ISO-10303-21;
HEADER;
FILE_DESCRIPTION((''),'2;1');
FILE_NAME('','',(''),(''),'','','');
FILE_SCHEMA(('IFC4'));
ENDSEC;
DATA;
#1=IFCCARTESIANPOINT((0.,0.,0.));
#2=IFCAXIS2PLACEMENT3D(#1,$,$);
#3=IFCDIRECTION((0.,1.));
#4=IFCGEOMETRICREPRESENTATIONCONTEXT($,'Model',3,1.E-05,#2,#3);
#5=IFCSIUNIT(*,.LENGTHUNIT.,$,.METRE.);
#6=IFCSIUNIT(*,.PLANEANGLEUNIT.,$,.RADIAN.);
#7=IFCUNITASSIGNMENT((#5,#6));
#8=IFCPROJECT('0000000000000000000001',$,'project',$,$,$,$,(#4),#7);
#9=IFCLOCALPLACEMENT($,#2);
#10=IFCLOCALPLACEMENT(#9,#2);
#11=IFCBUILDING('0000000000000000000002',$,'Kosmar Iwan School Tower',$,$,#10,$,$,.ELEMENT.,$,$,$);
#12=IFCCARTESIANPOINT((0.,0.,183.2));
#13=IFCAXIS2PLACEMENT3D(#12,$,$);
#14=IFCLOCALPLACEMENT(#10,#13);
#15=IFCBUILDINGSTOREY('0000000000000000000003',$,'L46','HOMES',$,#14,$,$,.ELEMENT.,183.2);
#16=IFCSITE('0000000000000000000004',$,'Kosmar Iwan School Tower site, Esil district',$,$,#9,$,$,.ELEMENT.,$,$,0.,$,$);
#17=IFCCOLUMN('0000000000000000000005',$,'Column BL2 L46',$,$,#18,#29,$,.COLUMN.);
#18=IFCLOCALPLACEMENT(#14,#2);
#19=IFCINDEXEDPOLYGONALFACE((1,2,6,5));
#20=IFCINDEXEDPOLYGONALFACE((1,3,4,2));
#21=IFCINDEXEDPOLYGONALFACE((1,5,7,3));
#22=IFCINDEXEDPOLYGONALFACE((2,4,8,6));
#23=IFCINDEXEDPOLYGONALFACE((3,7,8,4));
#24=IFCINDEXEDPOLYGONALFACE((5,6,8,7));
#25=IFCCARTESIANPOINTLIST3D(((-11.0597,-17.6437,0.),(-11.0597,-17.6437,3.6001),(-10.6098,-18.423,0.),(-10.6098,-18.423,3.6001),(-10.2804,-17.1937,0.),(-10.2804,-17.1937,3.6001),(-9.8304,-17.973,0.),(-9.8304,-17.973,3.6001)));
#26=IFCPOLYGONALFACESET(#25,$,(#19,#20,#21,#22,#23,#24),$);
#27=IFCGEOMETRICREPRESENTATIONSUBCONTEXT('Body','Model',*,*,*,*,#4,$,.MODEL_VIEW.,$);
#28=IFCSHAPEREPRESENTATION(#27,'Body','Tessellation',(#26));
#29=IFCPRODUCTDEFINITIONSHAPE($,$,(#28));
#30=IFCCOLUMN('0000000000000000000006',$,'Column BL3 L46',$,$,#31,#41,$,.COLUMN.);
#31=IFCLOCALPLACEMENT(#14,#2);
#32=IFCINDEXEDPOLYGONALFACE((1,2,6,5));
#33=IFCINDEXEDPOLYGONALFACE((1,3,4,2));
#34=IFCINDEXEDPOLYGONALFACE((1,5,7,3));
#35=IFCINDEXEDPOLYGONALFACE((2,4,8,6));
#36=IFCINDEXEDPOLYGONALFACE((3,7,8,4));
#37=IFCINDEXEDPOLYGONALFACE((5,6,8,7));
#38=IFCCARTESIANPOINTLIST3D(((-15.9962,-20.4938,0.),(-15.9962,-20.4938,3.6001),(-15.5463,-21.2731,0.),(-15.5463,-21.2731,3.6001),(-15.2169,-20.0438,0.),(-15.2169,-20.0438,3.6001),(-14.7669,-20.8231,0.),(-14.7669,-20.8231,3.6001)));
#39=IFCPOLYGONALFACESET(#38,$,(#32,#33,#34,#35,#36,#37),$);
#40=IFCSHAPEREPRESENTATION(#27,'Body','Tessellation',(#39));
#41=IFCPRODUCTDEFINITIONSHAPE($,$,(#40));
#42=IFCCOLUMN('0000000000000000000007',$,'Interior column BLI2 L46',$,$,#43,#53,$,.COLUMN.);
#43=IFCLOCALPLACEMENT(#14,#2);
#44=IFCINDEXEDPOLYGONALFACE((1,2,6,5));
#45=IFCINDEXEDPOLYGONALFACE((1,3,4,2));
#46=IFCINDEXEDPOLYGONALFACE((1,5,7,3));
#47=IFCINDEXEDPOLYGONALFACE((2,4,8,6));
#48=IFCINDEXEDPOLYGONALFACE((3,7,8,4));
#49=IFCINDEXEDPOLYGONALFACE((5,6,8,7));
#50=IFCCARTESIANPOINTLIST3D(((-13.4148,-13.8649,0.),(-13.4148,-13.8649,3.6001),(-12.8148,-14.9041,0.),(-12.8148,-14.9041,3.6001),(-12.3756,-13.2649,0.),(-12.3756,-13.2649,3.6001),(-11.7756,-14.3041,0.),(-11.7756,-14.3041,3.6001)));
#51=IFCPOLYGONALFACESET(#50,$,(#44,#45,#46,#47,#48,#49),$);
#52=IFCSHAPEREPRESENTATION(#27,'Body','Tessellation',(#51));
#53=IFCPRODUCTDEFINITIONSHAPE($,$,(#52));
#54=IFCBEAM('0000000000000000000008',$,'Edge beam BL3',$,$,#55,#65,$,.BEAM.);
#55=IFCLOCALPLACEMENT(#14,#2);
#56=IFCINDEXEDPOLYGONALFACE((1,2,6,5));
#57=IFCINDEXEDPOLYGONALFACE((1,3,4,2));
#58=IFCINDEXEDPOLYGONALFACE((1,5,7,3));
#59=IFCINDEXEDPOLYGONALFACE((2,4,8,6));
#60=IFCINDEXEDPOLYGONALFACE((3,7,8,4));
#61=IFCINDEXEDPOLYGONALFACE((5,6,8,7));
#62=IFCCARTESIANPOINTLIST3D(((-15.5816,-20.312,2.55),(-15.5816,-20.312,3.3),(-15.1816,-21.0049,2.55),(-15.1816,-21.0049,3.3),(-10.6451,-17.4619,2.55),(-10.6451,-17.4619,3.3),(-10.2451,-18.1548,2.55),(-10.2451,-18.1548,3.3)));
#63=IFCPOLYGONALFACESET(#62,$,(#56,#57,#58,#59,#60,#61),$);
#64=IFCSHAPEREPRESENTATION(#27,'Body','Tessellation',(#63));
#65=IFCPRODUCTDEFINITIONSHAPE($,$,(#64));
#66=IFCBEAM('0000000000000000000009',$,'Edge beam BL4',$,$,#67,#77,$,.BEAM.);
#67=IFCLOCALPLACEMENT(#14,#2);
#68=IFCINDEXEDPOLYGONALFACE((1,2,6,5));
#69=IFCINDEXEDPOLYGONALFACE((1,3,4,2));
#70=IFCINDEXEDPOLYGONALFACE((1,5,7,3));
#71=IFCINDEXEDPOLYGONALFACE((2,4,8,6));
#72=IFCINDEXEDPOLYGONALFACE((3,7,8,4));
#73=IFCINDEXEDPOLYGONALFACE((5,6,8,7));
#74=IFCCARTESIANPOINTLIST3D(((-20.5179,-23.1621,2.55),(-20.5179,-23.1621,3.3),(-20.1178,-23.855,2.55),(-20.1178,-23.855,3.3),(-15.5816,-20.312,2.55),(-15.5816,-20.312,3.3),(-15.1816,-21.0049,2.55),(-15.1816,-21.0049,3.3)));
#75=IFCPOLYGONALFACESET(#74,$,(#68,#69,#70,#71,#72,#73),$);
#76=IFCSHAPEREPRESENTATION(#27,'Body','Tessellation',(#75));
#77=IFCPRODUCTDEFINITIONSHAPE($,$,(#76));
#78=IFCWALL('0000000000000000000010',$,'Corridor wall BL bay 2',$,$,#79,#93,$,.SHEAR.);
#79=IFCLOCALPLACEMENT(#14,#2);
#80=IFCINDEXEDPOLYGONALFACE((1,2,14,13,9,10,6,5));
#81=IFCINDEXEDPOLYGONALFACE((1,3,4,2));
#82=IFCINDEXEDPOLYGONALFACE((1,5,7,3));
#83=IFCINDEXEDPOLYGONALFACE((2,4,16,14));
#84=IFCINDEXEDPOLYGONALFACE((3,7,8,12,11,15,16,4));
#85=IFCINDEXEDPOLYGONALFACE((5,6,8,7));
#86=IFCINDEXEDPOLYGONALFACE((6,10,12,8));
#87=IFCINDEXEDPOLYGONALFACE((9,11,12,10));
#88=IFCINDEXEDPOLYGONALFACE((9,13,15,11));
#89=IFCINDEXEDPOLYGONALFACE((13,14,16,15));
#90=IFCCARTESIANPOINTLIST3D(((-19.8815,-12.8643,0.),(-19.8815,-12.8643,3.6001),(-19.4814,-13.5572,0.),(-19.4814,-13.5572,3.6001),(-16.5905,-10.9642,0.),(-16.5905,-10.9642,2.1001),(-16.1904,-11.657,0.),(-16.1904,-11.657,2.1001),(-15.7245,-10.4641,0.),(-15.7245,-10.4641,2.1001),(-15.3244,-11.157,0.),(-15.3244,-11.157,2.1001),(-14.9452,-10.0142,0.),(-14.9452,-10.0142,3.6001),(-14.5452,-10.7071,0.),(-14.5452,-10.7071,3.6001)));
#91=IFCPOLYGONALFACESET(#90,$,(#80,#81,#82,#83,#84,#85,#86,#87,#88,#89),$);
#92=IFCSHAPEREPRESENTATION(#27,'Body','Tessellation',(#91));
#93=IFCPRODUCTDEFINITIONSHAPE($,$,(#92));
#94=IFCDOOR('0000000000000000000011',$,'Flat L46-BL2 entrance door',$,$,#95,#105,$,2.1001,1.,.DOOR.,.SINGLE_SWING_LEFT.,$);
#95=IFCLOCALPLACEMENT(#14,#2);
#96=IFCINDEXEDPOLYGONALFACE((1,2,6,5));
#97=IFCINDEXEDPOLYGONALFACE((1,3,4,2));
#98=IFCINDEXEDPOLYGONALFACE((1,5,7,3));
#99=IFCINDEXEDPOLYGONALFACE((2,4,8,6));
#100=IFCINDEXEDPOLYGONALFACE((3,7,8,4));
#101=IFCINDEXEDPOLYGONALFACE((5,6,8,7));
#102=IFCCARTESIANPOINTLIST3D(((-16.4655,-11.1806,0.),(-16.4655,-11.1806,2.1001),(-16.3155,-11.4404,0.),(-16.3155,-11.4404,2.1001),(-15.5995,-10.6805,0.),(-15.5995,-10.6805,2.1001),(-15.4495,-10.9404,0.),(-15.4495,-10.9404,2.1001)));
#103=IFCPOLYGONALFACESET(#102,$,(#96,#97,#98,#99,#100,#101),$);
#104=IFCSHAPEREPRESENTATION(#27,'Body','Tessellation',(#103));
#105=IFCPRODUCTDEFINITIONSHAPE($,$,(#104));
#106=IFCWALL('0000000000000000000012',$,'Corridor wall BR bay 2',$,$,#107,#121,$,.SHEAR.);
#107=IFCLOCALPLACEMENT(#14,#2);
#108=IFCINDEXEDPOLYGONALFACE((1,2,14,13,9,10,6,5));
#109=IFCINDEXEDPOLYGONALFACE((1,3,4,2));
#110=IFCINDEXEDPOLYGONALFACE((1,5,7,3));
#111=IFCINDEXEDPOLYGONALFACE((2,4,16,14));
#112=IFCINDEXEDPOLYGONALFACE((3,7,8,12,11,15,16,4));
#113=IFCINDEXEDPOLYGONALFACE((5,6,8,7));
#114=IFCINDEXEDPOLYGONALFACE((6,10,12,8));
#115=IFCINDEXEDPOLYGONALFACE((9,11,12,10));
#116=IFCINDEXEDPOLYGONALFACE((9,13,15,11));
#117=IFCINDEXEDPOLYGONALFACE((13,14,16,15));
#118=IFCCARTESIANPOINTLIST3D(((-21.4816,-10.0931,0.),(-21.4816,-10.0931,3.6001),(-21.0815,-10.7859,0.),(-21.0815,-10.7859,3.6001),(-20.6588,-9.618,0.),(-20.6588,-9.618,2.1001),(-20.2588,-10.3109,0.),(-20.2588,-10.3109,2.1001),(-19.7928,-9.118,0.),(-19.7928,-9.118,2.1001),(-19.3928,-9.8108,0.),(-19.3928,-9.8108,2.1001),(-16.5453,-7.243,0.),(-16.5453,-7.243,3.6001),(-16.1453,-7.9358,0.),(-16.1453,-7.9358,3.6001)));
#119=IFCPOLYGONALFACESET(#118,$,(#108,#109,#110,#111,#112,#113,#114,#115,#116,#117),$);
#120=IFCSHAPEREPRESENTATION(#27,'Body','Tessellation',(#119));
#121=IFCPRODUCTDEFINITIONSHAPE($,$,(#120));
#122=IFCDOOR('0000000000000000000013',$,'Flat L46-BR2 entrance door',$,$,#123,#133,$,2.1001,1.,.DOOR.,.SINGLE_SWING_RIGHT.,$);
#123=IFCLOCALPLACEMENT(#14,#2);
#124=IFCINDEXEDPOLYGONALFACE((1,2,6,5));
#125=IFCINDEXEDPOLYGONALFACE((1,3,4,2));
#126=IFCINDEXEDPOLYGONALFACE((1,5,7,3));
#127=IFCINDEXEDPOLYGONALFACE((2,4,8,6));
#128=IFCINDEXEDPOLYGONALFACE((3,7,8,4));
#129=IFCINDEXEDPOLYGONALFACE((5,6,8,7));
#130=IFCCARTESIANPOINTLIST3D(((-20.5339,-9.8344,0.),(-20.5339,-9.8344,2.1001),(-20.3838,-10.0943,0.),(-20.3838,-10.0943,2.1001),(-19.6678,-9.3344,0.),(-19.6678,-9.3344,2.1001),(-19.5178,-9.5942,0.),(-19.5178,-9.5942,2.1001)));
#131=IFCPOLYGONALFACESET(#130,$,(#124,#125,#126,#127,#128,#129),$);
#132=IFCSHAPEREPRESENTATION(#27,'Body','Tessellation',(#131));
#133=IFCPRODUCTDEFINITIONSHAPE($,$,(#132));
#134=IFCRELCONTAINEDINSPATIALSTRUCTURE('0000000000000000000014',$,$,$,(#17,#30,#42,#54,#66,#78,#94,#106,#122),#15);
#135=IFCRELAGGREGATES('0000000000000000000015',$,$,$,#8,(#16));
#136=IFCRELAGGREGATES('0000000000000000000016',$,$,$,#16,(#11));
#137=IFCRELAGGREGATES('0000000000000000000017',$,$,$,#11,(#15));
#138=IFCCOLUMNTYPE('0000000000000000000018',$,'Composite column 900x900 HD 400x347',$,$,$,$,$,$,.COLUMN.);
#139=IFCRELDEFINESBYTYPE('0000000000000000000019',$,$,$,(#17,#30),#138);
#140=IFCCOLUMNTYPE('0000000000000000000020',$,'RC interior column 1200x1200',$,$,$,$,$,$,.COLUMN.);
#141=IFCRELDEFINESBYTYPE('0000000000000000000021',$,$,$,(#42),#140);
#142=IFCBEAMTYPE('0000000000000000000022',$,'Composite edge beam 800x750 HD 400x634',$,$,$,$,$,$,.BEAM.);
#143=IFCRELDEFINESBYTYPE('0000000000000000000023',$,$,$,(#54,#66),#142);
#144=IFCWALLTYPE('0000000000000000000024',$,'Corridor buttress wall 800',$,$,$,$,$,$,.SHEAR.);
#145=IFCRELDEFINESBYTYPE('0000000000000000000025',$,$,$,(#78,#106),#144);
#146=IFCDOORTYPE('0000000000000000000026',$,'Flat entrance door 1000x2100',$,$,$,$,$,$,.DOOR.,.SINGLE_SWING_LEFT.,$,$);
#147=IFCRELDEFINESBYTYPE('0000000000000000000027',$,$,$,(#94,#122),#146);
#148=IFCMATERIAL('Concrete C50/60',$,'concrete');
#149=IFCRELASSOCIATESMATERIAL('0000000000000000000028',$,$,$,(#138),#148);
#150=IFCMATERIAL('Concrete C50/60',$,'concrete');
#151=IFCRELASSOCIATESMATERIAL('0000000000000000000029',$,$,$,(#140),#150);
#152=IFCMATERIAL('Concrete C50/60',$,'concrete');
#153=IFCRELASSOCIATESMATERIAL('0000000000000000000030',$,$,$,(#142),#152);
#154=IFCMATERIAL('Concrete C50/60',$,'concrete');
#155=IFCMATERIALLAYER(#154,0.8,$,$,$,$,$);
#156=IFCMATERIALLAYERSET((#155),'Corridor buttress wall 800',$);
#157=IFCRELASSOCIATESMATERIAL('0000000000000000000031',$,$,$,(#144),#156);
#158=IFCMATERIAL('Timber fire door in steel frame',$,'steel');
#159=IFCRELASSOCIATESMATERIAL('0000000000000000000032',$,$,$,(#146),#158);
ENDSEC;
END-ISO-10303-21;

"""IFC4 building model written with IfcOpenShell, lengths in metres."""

from ifc_helpers import new_model, si_unit, direction, frame, frame_2d, origin, origin_2d, place, context, subcontext, project, spatial, rectangle, extrude, material, layer, layer_set, material_profile, profile_set, type_object, element, fill, save


model = new_model("IFC4")

# Units and contexts
model_context = context("Model", 3, precision=1e-05, world=origin(), true_north=direction((0.0, 1.0)))
body_context = subcontext(model_context, "Body", "Model", "MODEL_VIEW")
ifc_project = project(units=[si_unit("LENGTHUNIT", "METRE"), si_unit("PLANEANGLEUNIT", "RADIAN")], contexts=[model_context])

# Site, building, storey
site_placement = place(None, origin())
site = spatial("IfcSite", under=ifc_project, at=site_placement, Name="Kosmar Iwan School Tower site, Esil district", CompositionType="ELEMENT", RefElevation=0.0)
building_placement = place(site_placement, origin())
building = spatial("IfcBuilding", under=site, at=building_placement, Name="Kosmar Iwan School Tower", CompositionType="ELEMENT")
storey_placement = place(building_placement, frame((0.0, 0.0, 183.2)))
storey = spatial("IfcBuildingStorey", under=building, at=storey_placement, Name="L46", Description="HOMES", CompositionType="ELEMENT", Elevation=183.2)

# Columns
ifc_material_1 = material(Name="Concrete C50/60", Category="concrete")
ifc_material_profile_1 = material_profile(ifc_material_1, rectangle(XDim=0.8999, YDim=0.8999, at=origin_2d()), Name="RC 900x900 + HD 400x347")
ifc_profile_set_1 = profile_set([ifc_material_profile_1], Name="Concrete C50/60")
column_type_1 = type_object("IfcColumnType", Name="Composite column 900x900 HD 400x347", PredefinedType="COLUMN", material=ifc_profile_set_1)
for number, where, z_axis, x_axis, name in (
    (1, (-10.4451, -17.8083, 0.0), (0.0, 0.0, 1.0), (-0.866025, -0.5, 0.0), "Column BL2 L46"),
    (2, (-15.3816, -20.6584, 0.0), (0.0, 0.0, 1.0), (-0.866025, -0.5, 0.0), "Column BL3 L46"),
):
    element("IfcColumn", number, at=place(storey_placement, frame(where, z_axis=z_axis, x_axis=x_axis)), inside=storey, type_object=column_type_1, Name=name, PredefinedType="COLUMN", context=body_context, shape_type="SweptSolid", body=[
        extrude(rectangle(XDim=0.8999, YDim=0.8999, at=origin_2d()), origin(), (0.0, 0.0, 1.0), 3.6001),
    ])
ifc_material_2 = material(Name="Concrete C50/60", Category="concrete")
ifc_material_profile_2 = material_profile(ifc_material_2, rectangle(XDim=1.2, YDim=1.2, at=origin_2d()), Name="RC 1200x1200")
ifc_profile_set_2 = profile_set([ifc_material_profile_2], Name="Concrete C50/60")
column_type_2 = type_object("IfcColumnType", Name="RC interior column 1200x1200", PredefinedType="COLUMN", material=ifc_profile_set_2)
column_placement = place(storey_placement, frame((-12.5952, -14.0845, 0.0), z_axis=(0.0, 0.0, 1.0), x_axis=(-0.866025, -0.5, 0.0)))
element("IfcColumn", 3, at=column_placement, inside=storey, type_object=column_type_2, Name="Interior column BLI2 L46", PredefinedType="COLUMN", context=body_context, shape_type="SweptSolid", body=[
    extrude(rectangle(XDim=1.2, YDim=1.2, at=origin_2d()), origin(), (0.0, 0.0, 1.0), 3.6001),
])

# Beams
ifc_material_3 = material(Name="Concrete C50/60", Category="concrete")
ifc_material_profile_3 = material_profile(ifc_material_3, rectangle(XDim=0.8, YDim=0.75, at=origin_2d()), Name="RC 800x750 + HD 400x634")
ifc_profile_set_3 = profile_set([ifc_material_profile_3], Name="Concrete C50/60")
beam_type = type_object("IfcBeamType", Name="Composite edge beam 800x750 HD 400x634", PredefinedType="BEAM", material=ifc_profile_set_3)
beam_1_placement = place(storey_placement, frame((-10.4451, -17.8083, 2.925), z_axis=(-0.866026, -0.499999, 0.0), x_axis=(0.499999, -0.866026, 0.0)))
element("IfcBeam", 4, at=beam_1_placement, inside=storey, type_object=beam_type, Name="Edge beam BL3", PredefinedType="BEAM", context=body_context, shape_type="SweptSolid", body=[
    extrude(rectangle(XDim=0.8, YDim=0.75, at=origin_2d()), origin(), (0.0, 0.0, 1.0), 5.7002),
])
beam_2_placement = place(storey_placement, frame((-15.3816, -20.6584, 2.925), z_axis=(-0.866015, -0.500018, 0.0), x_axis=(0.500018, -0.866015, 0.0)))
element("IfcBeam", 5, at=beam_2_placement, inside=storey, type_object=beam_type, Name="Edge beam BL4", PredefinedType="BEAM", context=body_context, shape_type="SweptSolid", body=[
    extrude(rectangle(XDim=0.8, YDim=0.75, at=origin_2d()), origin(), (0.0, 0.0, 1.0), 5.7),
])

# Walls, openings, doors
ifc_material_4 = material(Name="Concrete C50/60", Category="concrete")
ifc_layer_1 = layer(ifc_material_4, 0.8)
ifc_layer_set_1 = layer_set([ifc_layer_1], Name="Corridor buttress wall 800")
wall_type_1 = type_object("IfcWallType", Name="Corridor buttress wall 800", PredefinedType="SHEAR", material=ifc_layer_set_1)
wall_1_placement = place(storey_placement, frame((-14.7451, -10.3606, 0.0), z_axis=(0.0, 0.0, 1.0), x_axis=(-0.866015, -0.500018, 0.0)))
wall_1 = element("IfcWall", 6, at=wall_1_placement, inside=storey, type_object=wall_type_1, Name="Corridor wall BL bay 2", PredefinedType="SHEAR", context=body_context, shape_type="SweptSolid", body=[
    extrude(rectangle(XDim=5.7, YDim=0.8, at=frame_2d((2.8501, 0.0))), origin(), (0.0, 0.0, 1.0), 3.6001),
])
opening_1_placement = place(wall_1_placement, frame((0.8999, 0.0, 0.0)))
opening_1 = element("IfcOpeningElement", 7, at=opening_1_placement, cuts=wall_1, PredefinedType="OPENING", context=body_context, shape_type="SweptSolid", body=[
    extrude(rectangle(XDim=1.0, YDim=2.1001, at=frame_2d((0.5, 1.05))), frame((0.0, 0.4121, 0.0), z_axis=(0.0, -1.0, 0.0), x_axis=(1.0, 0.0, 0.0)), (0.0, 0.0, 1.0), 0.824),
])
ifc_material_5 = material(Name="Timber fire door in steel frame", Category="steel")
door_type_1 = type_object("IfcDoorType", Name="Flat entrance door 1000x2100", OperationType="SINGLE_SWING_LEFT", PredefinedType="DOOR", material=ifc_material_5)
door_1_placement = place(opening_1_placement, origin())
door_1 = element("IfcDoor", 8, at=door_1_placement, inside=storey, type_object=door_type_1, Name="Flat L46-BL2 entrance door", OperationType="SINGLE_SWING_LEFT", OverallHeight=2.1001, OverallWidth=1.0, PredefinedType="DOOR", context=body_context, shape_type="SweptSolid", body=[
    extrude(rectangle(XDim=1.0, YDim=2.1001, at=frame_2d((0.5, 1.05))), frame((0.0, 0.1499, 0.0), z_axis=(0.0, -1.0, 0.0), x_axis=(1.0, 0.0, 0.0)), (0.0, 0.0, 1.0), 0.3),
])
fill(opening_1, door_1)
wall_2_placement = place(storey_placement, frame((-16.3452, -7.5894, 0.0), z_axis=(0.0, 0.0, 1.0), x_axis=(-0.866015, -0.500018, 0.0)))
wall_2 = element("IfcWall", 9, at=wall_2_placement, inside=storey, type_object=wall_type_1, Name="Corridor wall BR bay 2", PredefinedType="SHEAR", context=body_context, shape_type="SweptSolid", body=[
    extrude(rectangle(XDim=5.7, YDim=0.8, at=frame_2d((2.8501, 0.0))), origin(), (0.0, 0.0, 1.0), 3.6001),
])
opening_2_placement = place(wall_2_placement, frame((3.75, 0.0, 0.0)))
opening_2 = element("IfcOpeningElement", 10, at=opening_2_placement, cuts=wall_2, PredefinedType="OPENING", context=body_context, shape_type="SweptSolid", body=[
    extrude(rectangle(XDim=1.0, YDim=2.1001, at=frame_2d((0.5, 1.05))), frame((0.0, 0.4121, 0.0), z_axis=(0.0, -1.0, 0.0), x_axis=(1.0, 0.0, 0.0)), (0.0, 0.0, 1.0), 0.824),
])
door_2_placement = place(opening_2_placement, origin())
door_2 = element("IfcDoor", 11, at=door_2_placement, inside=storey, type_object=door_type_1, Name="Flat L46-BR2 entrance door", OperationType="SINGLE_SWING_RIGHT", OverallHeight=2.1001, OverallWidth=1.0, PredefinedType="DOOR", context=body_context, shape_type="SweptSolid", body=[
    extrude(rectangle(XDim=1.0, YDim=2.1001, at=frame_2d((0.5, 1.05))), frame((0.0, 0.1499, 0.0), z_axis=(0.0, -1.0, 0.0), x_axis=(1.0, 0.0, 0.0)), (0.0, 0.0, 1.0), 0.3),
])
fill(opening_2, door_2)

save(model, "model.ifc")
